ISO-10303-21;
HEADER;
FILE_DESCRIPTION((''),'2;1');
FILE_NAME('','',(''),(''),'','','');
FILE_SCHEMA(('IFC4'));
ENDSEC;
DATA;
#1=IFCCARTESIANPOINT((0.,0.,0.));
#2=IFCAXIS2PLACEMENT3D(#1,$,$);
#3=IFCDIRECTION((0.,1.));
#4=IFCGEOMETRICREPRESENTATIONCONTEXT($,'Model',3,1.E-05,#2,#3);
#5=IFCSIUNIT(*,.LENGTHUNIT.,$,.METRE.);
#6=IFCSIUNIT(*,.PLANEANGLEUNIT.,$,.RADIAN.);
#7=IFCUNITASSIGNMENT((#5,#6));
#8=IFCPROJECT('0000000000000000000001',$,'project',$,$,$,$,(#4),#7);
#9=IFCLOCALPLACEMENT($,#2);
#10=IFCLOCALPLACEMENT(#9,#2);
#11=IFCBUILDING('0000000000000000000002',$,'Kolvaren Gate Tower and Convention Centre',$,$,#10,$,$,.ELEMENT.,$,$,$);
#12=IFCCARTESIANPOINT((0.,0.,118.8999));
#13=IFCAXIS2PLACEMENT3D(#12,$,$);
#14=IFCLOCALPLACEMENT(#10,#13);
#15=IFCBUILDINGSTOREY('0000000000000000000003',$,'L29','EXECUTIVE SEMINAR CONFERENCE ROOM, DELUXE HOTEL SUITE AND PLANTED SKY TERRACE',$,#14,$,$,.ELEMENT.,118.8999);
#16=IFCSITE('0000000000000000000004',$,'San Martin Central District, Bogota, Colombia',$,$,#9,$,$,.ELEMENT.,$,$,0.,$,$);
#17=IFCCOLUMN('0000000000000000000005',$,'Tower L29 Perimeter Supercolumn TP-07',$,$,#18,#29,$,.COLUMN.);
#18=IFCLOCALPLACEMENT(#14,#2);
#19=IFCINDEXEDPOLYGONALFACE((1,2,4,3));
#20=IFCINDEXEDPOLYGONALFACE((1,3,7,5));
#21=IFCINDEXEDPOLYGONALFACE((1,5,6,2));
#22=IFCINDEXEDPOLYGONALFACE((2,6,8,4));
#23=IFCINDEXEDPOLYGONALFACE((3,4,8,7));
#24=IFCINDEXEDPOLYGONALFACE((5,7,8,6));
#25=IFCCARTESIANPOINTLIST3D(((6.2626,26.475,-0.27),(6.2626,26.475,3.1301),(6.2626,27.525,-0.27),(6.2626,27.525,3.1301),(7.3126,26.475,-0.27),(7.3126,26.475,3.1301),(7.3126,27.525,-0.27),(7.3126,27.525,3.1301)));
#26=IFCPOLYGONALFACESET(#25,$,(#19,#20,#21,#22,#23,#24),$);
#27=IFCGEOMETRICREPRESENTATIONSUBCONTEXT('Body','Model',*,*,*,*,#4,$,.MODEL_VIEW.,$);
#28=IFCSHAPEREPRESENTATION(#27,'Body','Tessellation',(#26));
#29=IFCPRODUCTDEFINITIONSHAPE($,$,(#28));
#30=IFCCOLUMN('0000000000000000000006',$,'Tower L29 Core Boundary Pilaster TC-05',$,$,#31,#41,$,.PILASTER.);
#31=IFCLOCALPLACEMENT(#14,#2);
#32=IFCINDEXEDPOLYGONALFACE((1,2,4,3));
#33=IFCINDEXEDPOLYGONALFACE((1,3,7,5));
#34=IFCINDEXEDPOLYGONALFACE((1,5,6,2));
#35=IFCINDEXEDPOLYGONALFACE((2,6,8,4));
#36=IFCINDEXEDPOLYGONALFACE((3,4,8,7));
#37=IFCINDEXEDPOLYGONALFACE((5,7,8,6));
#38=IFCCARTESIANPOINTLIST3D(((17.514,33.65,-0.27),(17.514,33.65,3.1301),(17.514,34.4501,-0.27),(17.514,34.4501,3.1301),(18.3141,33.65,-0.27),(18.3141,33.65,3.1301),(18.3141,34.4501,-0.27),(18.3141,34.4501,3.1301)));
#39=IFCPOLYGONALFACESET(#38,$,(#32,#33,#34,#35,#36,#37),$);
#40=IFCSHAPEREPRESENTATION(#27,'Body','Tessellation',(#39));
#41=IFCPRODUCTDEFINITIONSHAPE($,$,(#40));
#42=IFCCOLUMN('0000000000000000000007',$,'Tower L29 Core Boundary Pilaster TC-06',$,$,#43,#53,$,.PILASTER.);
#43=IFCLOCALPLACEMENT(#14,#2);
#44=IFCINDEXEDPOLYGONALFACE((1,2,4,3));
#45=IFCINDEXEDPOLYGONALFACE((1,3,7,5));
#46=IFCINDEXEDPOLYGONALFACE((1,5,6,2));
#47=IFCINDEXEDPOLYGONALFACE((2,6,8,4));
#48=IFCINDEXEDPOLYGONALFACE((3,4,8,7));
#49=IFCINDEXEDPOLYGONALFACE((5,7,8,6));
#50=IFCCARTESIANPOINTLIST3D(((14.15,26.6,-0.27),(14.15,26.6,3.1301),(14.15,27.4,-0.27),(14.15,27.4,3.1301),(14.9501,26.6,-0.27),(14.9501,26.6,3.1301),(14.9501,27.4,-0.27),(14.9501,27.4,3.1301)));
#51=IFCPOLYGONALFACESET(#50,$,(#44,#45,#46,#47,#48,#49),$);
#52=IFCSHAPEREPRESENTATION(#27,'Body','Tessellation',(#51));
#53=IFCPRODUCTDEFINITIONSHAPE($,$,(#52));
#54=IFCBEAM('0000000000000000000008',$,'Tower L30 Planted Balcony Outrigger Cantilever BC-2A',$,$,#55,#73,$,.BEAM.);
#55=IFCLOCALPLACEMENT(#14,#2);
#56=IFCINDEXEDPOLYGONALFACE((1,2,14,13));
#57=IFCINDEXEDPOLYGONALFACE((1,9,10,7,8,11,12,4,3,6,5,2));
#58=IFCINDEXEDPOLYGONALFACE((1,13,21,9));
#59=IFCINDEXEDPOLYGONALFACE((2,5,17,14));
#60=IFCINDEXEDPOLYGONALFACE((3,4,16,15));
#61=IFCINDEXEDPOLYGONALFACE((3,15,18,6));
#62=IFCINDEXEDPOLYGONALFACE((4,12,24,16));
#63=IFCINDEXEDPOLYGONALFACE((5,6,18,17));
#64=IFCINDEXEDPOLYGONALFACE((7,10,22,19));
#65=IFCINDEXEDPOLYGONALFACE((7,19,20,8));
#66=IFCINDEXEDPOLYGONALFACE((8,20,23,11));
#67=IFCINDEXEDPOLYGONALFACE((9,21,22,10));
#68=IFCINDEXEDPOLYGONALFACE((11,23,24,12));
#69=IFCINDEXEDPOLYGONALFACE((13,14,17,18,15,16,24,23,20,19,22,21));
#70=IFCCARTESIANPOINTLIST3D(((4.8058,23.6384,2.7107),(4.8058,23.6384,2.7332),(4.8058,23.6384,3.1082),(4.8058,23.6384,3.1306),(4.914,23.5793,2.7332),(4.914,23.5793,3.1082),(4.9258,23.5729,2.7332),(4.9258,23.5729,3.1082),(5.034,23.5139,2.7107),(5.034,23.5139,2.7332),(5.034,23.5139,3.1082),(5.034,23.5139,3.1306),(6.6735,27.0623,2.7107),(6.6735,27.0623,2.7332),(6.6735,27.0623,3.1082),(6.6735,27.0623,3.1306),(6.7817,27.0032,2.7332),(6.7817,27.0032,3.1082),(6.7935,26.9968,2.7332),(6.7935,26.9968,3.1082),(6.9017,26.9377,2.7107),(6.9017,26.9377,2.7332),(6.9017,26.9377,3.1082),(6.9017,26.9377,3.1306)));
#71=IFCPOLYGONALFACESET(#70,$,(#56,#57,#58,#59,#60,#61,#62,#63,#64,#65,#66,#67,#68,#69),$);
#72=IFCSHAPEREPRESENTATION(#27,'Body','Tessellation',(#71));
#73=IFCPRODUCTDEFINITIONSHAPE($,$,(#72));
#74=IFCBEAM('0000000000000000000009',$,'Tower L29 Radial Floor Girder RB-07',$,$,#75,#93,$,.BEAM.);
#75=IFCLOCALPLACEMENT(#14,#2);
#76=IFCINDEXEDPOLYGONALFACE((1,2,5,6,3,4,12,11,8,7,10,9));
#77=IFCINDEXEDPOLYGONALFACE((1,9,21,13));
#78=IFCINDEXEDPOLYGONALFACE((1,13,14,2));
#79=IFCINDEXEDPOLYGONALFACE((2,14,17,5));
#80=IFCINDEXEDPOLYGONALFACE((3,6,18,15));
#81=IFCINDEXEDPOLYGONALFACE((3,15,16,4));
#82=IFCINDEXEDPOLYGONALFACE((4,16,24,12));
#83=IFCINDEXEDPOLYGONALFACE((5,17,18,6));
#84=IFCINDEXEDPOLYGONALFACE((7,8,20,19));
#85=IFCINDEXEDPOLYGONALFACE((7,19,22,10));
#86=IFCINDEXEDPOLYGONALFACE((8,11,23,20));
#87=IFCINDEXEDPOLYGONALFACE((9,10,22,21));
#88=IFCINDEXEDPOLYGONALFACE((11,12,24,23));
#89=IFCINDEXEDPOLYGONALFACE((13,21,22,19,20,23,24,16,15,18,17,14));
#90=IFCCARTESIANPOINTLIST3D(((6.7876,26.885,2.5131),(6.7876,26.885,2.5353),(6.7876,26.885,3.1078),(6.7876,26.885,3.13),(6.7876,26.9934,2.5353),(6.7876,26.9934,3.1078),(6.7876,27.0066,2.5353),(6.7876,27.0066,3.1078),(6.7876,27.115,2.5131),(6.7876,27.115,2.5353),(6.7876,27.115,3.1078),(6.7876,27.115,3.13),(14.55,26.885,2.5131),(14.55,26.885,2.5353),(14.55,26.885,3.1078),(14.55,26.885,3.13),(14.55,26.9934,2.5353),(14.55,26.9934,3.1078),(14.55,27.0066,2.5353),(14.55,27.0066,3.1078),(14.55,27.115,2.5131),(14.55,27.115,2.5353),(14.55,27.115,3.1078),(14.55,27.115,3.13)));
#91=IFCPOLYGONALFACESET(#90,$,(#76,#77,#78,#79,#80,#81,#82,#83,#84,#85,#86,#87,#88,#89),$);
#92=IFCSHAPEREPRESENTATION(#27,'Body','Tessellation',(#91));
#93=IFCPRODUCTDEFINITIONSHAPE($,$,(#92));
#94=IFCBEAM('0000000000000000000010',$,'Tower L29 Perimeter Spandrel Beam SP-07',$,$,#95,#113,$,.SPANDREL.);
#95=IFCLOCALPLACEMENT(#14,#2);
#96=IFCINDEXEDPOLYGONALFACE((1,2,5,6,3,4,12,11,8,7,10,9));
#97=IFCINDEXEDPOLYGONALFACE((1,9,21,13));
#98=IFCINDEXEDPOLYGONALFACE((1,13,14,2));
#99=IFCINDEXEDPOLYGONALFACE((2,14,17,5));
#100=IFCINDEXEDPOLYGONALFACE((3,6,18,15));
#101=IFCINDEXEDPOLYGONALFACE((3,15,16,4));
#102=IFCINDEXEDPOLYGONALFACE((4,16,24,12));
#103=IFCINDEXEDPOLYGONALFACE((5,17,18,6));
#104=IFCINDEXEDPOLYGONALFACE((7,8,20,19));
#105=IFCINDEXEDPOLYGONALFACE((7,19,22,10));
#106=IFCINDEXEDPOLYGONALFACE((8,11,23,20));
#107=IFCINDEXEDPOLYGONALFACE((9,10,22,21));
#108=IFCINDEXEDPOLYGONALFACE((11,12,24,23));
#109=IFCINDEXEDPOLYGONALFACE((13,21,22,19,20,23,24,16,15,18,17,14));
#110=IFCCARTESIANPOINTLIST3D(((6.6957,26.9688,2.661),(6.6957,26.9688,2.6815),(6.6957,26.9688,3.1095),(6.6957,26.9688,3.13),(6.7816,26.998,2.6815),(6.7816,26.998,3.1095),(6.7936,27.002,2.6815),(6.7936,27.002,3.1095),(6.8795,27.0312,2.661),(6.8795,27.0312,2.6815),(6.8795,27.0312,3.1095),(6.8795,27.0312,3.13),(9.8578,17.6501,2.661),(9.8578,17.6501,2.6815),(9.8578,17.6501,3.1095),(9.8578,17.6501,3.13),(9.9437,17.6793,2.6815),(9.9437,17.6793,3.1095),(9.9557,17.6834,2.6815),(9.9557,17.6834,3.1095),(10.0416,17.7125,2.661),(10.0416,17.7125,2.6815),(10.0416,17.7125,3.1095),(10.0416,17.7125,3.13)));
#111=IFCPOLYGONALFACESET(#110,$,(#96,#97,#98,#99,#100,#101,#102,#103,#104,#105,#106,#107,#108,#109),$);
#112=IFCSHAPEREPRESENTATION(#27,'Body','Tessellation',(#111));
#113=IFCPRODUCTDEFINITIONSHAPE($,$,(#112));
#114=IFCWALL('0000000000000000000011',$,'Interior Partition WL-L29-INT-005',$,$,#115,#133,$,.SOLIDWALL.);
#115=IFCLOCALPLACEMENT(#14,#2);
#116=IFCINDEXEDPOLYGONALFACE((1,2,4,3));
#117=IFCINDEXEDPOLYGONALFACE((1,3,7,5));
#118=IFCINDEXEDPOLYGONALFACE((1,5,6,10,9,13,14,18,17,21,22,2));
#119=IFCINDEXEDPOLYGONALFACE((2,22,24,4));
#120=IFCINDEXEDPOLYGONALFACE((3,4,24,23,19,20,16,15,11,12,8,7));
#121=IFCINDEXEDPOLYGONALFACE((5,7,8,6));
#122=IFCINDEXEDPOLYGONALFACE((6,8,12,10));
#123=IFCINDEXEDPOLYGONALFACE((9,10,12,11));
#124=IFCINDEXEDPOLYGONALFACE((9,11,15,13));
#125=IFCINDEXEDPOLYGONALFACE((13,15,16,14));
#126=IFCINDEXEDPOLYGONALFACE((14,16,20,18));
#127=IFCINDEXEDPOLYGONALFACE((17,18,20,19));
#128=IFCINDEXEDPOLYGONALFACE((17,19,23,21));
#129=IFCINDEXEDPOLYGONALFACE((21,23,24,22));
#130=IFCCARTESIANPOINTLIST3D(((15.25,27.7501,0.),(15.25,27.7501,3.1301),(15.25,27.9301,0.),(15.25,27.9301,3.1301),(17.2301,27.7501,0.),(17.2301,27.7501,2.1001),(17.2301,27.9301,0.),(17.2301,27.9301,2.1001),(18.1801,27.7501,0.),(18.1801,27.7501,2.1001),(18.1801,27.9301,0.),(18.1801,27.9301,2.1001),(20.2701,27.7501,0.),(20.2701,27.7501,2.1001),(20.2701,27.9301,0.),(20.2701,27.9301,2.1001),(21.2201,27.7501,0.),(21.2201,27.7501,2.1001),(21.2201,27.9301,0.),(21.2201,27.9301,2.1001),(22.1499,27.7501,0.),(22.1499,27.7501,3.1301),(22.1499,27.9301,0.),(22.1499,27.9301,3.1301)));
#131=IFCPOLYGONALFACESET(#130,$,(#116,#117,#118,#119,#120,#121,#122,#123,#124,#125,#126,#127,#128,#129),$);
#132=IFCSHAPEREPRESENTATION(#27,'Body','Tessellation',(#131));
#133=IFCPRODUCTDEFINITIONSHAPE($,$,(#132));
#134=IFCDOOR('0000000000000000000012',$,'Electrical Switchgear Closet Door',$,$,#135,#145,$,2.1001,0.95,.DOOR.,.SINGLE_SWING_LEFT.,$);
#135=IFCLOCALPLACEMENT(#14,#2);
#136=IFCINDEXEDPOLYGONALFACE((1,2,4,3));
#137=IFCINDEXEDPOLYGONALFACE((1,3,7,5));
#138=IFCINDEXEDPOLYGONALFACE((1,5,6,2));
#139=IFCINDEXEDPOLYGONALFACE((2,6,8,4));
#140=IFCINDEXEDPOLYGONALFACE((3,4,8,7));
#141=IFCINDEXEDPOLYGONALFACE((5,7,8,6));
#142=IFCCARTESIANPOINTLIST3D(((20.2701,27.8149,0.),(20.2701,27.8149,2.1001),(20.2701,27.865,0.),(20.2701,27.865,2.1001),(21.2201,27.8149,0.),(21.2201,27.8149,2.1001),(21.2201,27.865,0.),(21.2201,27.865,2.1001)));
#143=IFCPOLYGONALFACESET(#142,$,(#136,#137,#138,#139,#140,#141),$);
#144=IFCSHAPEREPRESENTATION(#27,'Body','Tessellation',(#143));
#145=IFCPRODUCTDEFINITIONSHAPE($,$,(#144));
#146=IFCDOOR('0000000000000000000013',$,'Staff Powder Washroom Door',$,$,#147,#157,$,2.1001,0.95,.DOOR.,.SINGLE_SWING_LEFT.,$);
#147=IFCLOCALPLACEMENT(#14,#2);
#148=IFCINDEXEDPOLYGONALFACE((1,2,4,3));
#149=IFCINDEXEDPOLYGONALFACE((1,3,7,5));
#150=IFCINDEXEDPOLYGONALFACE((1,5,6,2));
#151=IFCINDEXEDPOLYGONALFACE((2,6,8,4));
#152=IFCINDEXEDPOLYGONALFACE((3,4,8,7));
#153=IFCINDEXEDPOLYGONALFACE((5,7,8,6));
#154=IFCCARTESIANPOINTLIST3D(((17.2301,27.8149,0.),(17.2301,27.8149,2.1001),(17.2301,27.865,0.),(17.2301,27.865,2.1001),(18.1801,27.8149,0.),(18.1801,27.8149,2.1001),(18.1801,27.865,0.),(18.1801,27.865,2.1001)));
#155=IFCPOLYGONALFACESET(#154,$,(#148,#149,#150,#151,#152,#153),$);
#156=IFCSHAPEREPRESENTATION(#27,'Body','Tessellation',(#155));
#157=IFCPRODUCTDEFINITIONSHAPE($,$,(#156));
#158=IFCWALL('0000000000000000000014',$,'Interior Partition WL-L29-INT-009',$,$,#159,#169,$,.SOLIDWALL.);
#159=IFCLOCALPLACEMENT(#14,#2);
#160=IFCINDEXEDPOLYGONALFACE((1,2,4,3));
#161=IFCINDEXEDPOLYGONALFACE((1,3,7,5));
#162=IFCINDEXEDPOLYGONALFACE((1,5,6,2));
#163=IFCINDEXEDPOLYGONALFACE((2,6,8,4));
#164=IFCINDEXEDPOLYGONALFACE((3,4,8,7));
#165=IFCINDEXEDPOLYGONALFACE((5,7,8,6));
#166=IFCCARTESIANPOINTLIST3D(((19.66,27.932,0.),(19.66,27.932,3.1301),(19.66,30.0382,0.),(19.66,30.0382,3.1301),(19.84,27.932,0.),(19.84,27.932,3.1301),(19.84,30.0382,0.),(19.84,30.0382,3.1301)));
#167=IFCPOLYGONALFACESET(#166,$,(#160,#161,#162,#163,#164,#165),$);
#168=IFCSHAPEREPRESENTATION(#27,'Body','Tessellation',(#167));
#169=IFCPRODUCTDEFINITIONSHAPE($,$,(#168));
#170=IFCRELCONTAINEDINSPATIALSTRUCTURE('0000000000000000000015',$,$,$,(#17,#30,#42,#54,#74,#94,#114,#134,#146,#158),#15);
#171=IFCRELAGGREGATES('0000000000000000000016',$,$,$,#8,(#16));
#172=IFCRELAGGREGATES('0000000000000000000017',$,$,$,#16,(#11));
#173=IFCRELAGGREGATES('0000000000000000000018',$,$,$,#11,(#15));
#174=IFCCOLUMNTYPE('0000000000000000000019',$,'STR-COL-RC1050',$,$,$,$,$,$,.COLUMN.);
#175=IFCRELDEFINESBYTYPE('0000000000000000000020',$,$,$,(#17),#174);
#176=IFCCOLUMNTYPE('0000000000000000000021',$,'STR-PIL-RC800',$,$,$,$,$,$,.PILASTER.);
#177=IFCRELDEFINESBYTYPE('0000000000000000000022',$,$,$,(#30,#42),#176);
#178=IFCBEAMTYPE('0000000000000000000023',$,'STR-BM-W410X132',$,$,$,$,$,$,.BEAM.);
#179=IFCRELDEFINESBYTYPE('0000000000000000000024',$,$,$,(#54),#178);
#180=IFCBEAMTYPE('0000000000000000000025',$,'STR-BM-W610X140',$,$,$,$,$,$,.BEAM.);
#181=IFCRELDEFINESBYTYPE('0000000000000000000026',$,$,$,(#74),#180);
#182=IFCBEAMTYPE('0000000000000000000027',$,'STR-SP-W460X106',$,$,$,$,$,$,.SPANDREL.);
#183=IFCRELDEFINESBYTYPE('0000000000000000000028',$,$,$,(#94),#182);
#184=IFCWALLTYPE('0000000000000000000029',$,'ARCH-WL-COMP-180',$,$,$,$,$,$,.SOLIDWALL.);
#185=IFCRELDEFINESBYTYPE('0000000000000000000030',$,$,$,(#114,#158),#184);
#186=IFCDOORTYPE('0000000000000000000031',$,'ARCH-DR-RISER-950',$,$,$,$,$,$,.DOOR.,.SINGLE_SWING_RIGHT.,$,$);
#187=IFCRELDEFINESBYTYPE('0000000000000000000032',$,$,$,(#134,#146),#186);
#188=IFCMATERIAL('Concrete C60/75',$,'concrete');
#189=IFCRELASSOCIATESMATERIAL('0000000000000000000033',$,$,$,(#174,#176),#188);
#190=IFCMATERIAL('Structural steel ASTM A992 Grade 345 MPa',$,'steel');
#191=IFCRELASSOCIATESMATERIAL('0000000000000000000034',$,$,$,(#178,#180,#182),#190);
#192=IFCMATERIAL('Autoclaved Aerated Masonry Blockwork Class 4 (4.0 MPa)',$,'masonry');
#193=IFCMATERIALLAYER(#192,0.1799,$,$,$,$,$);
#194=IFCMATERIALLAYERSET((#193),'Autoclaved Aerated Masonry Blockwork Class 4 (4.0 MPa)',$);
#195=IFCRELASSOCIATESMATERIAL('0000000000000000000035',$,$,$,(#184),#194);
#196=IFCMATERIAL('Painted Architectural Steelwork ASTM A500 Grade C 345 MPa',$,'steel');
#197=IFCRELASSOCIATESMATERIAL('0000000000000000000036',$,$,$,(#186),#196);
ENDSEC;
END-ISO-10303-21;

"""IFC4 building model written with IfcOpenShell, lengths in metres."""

from ifc_helpers import new_model, si_unit, direction, frame, frame_2d, origin, origin_2d, place, context, subcontext, project, spatial, rectangle, i_section, extrude, material, layer, layer_set, material_profile, profile_set, type_object, element, fill, save


model = new_model("IFC4")

# Units and contexts
model_context = context("Model", 3, precision=1e-05, world=origin(), true_north=direction((0.0, 1.0)))
body_context = subcontext(model_context, "Body", "Model", "MODEL_VIEW")
ifc_project = project(units=[si_unit("LENGTHUNIT", "METRE"), si_unit("PLANEANGLEUNIT", "RADIAN")], contexts=[model_context])

# Site, building, storey
site_placement = place(None, origin())
site = spatial("IfcSite", under=ifc_project, at=site_placement, Name="San Martin Central District, Bogota, Colombia", CompositionType="ELEMENT", RefElevation=0.0)
building_placement = place(site_placement, origin())
building = spatial("IfcBuilding", under=site, at=building_placement, Name="Kolvaren Gate Tower and Convention Centre", CompositionType="ELEMENT")
storey_placement = place(building_placement, frame((0.0, 0.0, 118.8999)))
storey = spatial("IfcBuildingStorey", under=building, at=storey_placement, Name="L29", Description="EXECUTIVE SEMINAR CONFERENCE ROOM, DELUXE HOTEL SUITE AND PLANTED SKY TERRACE", CompositionType="ELEMENT", Elevation=118.8999)

# Columns
ifc_material_1 = material(Name="Concrete C60/75", Category="concrete")
ifc_material_profile_1 = material_profile(ifc_material_1, rectangle(XDim=1.05, YDim=1.05, at=origin_2d()), Name="RC-COL-1050X1050")
ifc_profile_set_1 = profile_set([ifc_material_profile_1], Name="Concrete C60/75")
column_type_1 = type_object("IfcColumnType", Name="STR-COL-RC1050", PredefinedType="COLUMN", material=ifc_profile_set_1)
column_placement = place(storey_placement, frame((6.7876, 27.0, -0.27), z_axis=(0.0, 0.0, 1.0), x_axis=(1.0, 0.0, 0.0)))
element("IfcColumn", 1, at=column_placement, inside=storey, type_object=column_type_1, Name="Tower L29 Perimeter Supercolumn TP-07", PredefinedType="COLUMN", context=body_context, shape_type="SweptSolid", body=[
    extrude(rectangle(XDim=1.05, YDim=1.05, at=origin_2d()), origin(), (0.0, 0.0, 1.0), 3.4001),
])
ifc_material_profile_2 = material_profile(ifc_material_1, rectangle(XDim=0.8, YDim=0.8, at=origin_2d()), Name="RC-COL-800X800")
ifc_profile_set_2 = profile_set([ifc_material_profile_2], Name="Concrete C60/75")
column_type_2 = type_object("IfcColumnType", Name="STR-PIL-RC800", PredefinedType="PILASTER", material=ifc_profile_set_2)
for number, where, z_axis, x_axis, name in (
    (2, (17.9141, 34.05, -0.27), (0.0, 0.0, 1.0), (1.0, 0.0, 0.0), "Tower L29 Core Boundary Pilaster TC-05"),
    (3, (14.55, 27.0, -0.27), (0.0, 0.0, 1.0), (1.0, 0.0, 0.0), "Tower L29 Core Boundary Pilaster TC-06"),
):
    element("IfcColumn", number, at=place(storey_placement, frame(where, z_axis=z_axis, x_axis=x_axis)), inside=storey, type_object=column_type_2, Name=name, PredefinedType="PILASTER", context=body_context, shape_type="SweptSolid", body=[
        extrude(rectangle(XDim=0.8, YDim=0.8, at=origin_2d()), origin(), (0.0, 0.0, 1.0), 3.4001),
    ])

# Beams
ifc_material_2 = material(Name="Structural steel ASTM A992 Grade 345 MPa", Category="steel")
ifc_material_profile_3 = material_profile(ifc_material_2, i_section(OverallWidth=0.26, OverallDepth=0.4199, WebThickness=0.0134, FlangeThickness=0.0225, at=origin_2d()), Name="W410X132")
ifc_profile_set_3 = profile_set([ifc_material_profile_3], Name="Structural steel ASTM A992 Grade 345 MPa")
beam_type_1 = type_object("IfcBeamType", Name="STR-BM-W410X132", PredefinedType="BEAM", material=ifc_profile_set_3)
beam_1_placement = place(storey_placement, frame((6.7876, 27.0, 2.9207), z_axis=(-0.478878, -0.877881, 0.0), x_axis=(0.877881, -0.478878, 0.0)))
element("IfcBeam", 4, at=beam_1_placement, inside=storey, type_object=beam_type_1, Name="Tower L30 Planted Balcony Outrigger Cantilever BC-2A", PredefinedType="BEAM", context=body_context, shape_type="SweptSolid", body=[
    extrude(i_section(OverallWidth=0.26, OverallDepth=0.4199, WebThickness=0.0134, FlangeThickness=0.0225, at=origin_2d()), origin(), (0.0, 0.0, 1.0), 3.9001),
])
ifc_material_profile_4 = material_profile(ifc_material_2, i_section(OverallWidth=0.23, OverallDepth=0.6169, WebThickness=0.0132, FlangeThickness=0.0222, at=origin_2d()), Name="W610X140")
ifc_profile_set_4 = profile_set([ifc_material_profile_4], Name="Structural steel ASTM A992 Grade 345 MPa")
beam_type_2 = type_object("IfcBeamType", Name="STR-BM-W610X140", PredefinedType="BEAM", material=ifc_profile_set_4)
beam_2_placement = place(storey_placement, frame((14.55, 27.0, 2.8215), z_axis=(-1.0, 0.0, 0.0), x_axis=(0.0, -1.0, 0.0)))
element("IfcBeam", 5, at=beam_2_placement, inside=storey, type_object=beam_type_2, Name="Tower L29 Radial Floor Girder RB-07", PredefinedType="BEAM", context=body_context, shape_type="SweptSolid", body=[
    extrude(i_section(OverallWidth=0.23, OverallDepth=0.6169, WebThickness=0.0132, FlangeThickness=0.0222, at=origin_2d()), origin(), (0.0, 0.0, 1.0), 7.7625),
])
ifc_material_profile_5 = material_profile(ifc_material_2, i_section(OverallWidth=0.1941, OverallDepth=0.469, WebThickness=0.0127, FlangeThickness=0.0205, at=origin_2d()), Name="W460X106")
ifc_profile_set_5 = profile_set([ifc_material_profile_5], Name="Structural steel ASTM A992 Grade 345 MPa")
beam_type_3 = type_object("IfcBeamType", Name="STR-SP-W460X106", PredefinedType="SPANDREL", material=ifc_profile_set_5)
beam_3_placement = place(storey_placement, frame((6.7876, 27.0, 2.8955), z_axis=(0.321336, -0.946965, 0.0), x_axis=(0.946965, 0.321336, 0.0)))
element("IfcBeam", 6, at=beam_3_placement, inside=storey, type_object=beam_type_3, Name="Tower L29 Perimeter Spandrel Beam SP-07", PredefinedType="SPANDREL", context=body_context, shape_type="SweptSolid", body=[
    extrude(i_section(OverallWidth=0.1941, OverallDepth=0.469, WebThickness=0.0127, FlangeThickness=0.0205, at=origin_2d()), origin(), (0.0, 0.0, 1.0), 9.8406),
])

# Wall, openings, doors
ifc_material_3 = material(Name="Autoclaved Aerated Masonry Blockwork Class 4 (4.0 MPa)", Category="masonry")
ifc_layer_1 = layer(ifc_material_3, 0.1799)
ifc_layer_set_1 = layer_set([ifc_layer_1], Name="Autoclaved Aerated Masonry Blockwork Class 4 (4.0 MPa)")
wall_type_1 = type_object("IfcWallType", Name="ARCH-WL-COMP-180", PredefinedType="SOLIDWALL", material=ifc_layer_set_1)
wall_1_placement = place(storey_placement, frame((15.25, 27.8401, 0.0), z_axis=(0.0, 0.0, 1.0), x_axis=(1.0, 0.0, 0.0)))
wall_1 = element("IfcWall", 7, at=wall_1_placement, inside=storey, type_object=wall_type_1, Name="Interior Partition WL-L29-INT-005", PredefinedType="SOLIDWALL", context=body_context, shape_type="SweptSolid", body=[
    extrude(rectangle(XDim=6.8999, YDim=0.1799, at=frame_2d((3.45, 0.0))), origin(), (0.0, 0.0, 1.0), 3.1301),
])
opening_1_placement = place(wall_1_placement, frame((5.02, 0.0, 0.0)))
opening_1 = element("IfcOpeningElement", 8, at=opening_1_placement, cuts=wall_1, PredefinedType="OPENING", context=body_context, shape_type="SweptSolid", body=[
    extrude(rectangle(XDim=0.95, YDim=2.1001, at=frame_2d((0.4751, 1.05))), frame((0.0, 0.0999, 0.0), z_axis=(0.0, -1.0, 0.0), x_axis=(1.0, 0.0, 0.0)), (0.0, 0.0, 1.0), 0.2),
])
opening_2_placement = place(wall_1_placement, frame((1.98, 0.0, 0.0)))
opening_2 = element("IfcOpeningElement", 9, at=opening_2_placement, cuts=wall_1, PredefinedType="OPENING", context=body_context, shape_type="SweptSolid", body=[
    extrude(rectangle(XDim=0.95, YDim=2.1001, at=frame_2d((0.4751, 1.05))), frame((0.0, 0.0999, 0.0), z_axis=(0.0, -1.0, 0.0), x_axis=(1.0, 0.0, 0.0)), (0.0, 0.0, 1.0), 0.2),
])
ifc_material_4 = material(Name="Painted Architectural Steelwork ASTM A500 Grade C 345 MPa", Category="steel")
door_type_1 = type_object("IfcDoorType", Name="ARCH-DR-RISER-950", OperationType="SINGLE_SWING_RIGHT", PredefinedType="DOOR", material=ifc_material_4)
door_1_placement = place(opening_1_placement, origin())
door_1 = element("IfcDoor", 10, at=door_1_placement, inside=storey, type_object=door_type_1, Name="Electrical Switchgear Closet Door", OperationType="SINGLE_SWING_LEFT", OverallHeight=2.1001, OverallWidth=0.95, PredefinedType="DOOR", context=body_context, shape_type="SweptSolid", body=[
    extrude(rectangle(XDim=0.95, YDim=2.1001, at=frame_2d((0.4751, 1.05))), frame((0.0, 0.0249, 0.0), z_axis=(0.0, -1.0, 0.0), x_axis=(1.0, 0.0, 0.0)), (0.0, 0.0, 1.0), 0.05),
])
fill(opening_1, door_1)
door_2_placement = place(opening_2_placement, origin())
door_2 = element("IfcDoor", 11, at=door_2_placement, inside=storey, type_object=door_type_1, Name="Staff Powder Washroom Door", OperationType="SINGLE_SWING_LEFT", OverallHeight=2.1001, OverallWidth=0.95, PredefinedType="DOOR", context=body_context, shape_type="SweptSolid", body=[
    extrude(rectangle(XDim=0.95, YDim=2.1001, at=frame_2d((0.4751, 1.05))), frame((0.0, 0.0249, 0.0), z_axis=(0.0, -1.0, 0.0), x_axis=(1.0, 0.0, 0.0)), (0.0, 0.0, 1.0), 0.05),
])
fill(opening_2, door_2)

# Wall
wall_2_placement = place(storey_placement, frame((19.75, 27.9319, 0.0), z_axis=(0.0, 0.0, 1.0), x_axis=(0.0, 1.0, 0.0)))
element("IfcWall", 12, at=wall_2_placement, inside=storey, type_object=wall_type_1, Name="Interior Partition WL-L29-INT-009", PredefinedType="SOLIDWALL", context=body_context, shape_type="SweptSolid", body=[
    extrude(rectangle(XDim=2.1062, YDim=0.1799, at=frame_2d((1.0532, 0.0))), origin(), (0.0, 0.0, 1.0), 3.1301),
])

save(model, "model.ifc")
